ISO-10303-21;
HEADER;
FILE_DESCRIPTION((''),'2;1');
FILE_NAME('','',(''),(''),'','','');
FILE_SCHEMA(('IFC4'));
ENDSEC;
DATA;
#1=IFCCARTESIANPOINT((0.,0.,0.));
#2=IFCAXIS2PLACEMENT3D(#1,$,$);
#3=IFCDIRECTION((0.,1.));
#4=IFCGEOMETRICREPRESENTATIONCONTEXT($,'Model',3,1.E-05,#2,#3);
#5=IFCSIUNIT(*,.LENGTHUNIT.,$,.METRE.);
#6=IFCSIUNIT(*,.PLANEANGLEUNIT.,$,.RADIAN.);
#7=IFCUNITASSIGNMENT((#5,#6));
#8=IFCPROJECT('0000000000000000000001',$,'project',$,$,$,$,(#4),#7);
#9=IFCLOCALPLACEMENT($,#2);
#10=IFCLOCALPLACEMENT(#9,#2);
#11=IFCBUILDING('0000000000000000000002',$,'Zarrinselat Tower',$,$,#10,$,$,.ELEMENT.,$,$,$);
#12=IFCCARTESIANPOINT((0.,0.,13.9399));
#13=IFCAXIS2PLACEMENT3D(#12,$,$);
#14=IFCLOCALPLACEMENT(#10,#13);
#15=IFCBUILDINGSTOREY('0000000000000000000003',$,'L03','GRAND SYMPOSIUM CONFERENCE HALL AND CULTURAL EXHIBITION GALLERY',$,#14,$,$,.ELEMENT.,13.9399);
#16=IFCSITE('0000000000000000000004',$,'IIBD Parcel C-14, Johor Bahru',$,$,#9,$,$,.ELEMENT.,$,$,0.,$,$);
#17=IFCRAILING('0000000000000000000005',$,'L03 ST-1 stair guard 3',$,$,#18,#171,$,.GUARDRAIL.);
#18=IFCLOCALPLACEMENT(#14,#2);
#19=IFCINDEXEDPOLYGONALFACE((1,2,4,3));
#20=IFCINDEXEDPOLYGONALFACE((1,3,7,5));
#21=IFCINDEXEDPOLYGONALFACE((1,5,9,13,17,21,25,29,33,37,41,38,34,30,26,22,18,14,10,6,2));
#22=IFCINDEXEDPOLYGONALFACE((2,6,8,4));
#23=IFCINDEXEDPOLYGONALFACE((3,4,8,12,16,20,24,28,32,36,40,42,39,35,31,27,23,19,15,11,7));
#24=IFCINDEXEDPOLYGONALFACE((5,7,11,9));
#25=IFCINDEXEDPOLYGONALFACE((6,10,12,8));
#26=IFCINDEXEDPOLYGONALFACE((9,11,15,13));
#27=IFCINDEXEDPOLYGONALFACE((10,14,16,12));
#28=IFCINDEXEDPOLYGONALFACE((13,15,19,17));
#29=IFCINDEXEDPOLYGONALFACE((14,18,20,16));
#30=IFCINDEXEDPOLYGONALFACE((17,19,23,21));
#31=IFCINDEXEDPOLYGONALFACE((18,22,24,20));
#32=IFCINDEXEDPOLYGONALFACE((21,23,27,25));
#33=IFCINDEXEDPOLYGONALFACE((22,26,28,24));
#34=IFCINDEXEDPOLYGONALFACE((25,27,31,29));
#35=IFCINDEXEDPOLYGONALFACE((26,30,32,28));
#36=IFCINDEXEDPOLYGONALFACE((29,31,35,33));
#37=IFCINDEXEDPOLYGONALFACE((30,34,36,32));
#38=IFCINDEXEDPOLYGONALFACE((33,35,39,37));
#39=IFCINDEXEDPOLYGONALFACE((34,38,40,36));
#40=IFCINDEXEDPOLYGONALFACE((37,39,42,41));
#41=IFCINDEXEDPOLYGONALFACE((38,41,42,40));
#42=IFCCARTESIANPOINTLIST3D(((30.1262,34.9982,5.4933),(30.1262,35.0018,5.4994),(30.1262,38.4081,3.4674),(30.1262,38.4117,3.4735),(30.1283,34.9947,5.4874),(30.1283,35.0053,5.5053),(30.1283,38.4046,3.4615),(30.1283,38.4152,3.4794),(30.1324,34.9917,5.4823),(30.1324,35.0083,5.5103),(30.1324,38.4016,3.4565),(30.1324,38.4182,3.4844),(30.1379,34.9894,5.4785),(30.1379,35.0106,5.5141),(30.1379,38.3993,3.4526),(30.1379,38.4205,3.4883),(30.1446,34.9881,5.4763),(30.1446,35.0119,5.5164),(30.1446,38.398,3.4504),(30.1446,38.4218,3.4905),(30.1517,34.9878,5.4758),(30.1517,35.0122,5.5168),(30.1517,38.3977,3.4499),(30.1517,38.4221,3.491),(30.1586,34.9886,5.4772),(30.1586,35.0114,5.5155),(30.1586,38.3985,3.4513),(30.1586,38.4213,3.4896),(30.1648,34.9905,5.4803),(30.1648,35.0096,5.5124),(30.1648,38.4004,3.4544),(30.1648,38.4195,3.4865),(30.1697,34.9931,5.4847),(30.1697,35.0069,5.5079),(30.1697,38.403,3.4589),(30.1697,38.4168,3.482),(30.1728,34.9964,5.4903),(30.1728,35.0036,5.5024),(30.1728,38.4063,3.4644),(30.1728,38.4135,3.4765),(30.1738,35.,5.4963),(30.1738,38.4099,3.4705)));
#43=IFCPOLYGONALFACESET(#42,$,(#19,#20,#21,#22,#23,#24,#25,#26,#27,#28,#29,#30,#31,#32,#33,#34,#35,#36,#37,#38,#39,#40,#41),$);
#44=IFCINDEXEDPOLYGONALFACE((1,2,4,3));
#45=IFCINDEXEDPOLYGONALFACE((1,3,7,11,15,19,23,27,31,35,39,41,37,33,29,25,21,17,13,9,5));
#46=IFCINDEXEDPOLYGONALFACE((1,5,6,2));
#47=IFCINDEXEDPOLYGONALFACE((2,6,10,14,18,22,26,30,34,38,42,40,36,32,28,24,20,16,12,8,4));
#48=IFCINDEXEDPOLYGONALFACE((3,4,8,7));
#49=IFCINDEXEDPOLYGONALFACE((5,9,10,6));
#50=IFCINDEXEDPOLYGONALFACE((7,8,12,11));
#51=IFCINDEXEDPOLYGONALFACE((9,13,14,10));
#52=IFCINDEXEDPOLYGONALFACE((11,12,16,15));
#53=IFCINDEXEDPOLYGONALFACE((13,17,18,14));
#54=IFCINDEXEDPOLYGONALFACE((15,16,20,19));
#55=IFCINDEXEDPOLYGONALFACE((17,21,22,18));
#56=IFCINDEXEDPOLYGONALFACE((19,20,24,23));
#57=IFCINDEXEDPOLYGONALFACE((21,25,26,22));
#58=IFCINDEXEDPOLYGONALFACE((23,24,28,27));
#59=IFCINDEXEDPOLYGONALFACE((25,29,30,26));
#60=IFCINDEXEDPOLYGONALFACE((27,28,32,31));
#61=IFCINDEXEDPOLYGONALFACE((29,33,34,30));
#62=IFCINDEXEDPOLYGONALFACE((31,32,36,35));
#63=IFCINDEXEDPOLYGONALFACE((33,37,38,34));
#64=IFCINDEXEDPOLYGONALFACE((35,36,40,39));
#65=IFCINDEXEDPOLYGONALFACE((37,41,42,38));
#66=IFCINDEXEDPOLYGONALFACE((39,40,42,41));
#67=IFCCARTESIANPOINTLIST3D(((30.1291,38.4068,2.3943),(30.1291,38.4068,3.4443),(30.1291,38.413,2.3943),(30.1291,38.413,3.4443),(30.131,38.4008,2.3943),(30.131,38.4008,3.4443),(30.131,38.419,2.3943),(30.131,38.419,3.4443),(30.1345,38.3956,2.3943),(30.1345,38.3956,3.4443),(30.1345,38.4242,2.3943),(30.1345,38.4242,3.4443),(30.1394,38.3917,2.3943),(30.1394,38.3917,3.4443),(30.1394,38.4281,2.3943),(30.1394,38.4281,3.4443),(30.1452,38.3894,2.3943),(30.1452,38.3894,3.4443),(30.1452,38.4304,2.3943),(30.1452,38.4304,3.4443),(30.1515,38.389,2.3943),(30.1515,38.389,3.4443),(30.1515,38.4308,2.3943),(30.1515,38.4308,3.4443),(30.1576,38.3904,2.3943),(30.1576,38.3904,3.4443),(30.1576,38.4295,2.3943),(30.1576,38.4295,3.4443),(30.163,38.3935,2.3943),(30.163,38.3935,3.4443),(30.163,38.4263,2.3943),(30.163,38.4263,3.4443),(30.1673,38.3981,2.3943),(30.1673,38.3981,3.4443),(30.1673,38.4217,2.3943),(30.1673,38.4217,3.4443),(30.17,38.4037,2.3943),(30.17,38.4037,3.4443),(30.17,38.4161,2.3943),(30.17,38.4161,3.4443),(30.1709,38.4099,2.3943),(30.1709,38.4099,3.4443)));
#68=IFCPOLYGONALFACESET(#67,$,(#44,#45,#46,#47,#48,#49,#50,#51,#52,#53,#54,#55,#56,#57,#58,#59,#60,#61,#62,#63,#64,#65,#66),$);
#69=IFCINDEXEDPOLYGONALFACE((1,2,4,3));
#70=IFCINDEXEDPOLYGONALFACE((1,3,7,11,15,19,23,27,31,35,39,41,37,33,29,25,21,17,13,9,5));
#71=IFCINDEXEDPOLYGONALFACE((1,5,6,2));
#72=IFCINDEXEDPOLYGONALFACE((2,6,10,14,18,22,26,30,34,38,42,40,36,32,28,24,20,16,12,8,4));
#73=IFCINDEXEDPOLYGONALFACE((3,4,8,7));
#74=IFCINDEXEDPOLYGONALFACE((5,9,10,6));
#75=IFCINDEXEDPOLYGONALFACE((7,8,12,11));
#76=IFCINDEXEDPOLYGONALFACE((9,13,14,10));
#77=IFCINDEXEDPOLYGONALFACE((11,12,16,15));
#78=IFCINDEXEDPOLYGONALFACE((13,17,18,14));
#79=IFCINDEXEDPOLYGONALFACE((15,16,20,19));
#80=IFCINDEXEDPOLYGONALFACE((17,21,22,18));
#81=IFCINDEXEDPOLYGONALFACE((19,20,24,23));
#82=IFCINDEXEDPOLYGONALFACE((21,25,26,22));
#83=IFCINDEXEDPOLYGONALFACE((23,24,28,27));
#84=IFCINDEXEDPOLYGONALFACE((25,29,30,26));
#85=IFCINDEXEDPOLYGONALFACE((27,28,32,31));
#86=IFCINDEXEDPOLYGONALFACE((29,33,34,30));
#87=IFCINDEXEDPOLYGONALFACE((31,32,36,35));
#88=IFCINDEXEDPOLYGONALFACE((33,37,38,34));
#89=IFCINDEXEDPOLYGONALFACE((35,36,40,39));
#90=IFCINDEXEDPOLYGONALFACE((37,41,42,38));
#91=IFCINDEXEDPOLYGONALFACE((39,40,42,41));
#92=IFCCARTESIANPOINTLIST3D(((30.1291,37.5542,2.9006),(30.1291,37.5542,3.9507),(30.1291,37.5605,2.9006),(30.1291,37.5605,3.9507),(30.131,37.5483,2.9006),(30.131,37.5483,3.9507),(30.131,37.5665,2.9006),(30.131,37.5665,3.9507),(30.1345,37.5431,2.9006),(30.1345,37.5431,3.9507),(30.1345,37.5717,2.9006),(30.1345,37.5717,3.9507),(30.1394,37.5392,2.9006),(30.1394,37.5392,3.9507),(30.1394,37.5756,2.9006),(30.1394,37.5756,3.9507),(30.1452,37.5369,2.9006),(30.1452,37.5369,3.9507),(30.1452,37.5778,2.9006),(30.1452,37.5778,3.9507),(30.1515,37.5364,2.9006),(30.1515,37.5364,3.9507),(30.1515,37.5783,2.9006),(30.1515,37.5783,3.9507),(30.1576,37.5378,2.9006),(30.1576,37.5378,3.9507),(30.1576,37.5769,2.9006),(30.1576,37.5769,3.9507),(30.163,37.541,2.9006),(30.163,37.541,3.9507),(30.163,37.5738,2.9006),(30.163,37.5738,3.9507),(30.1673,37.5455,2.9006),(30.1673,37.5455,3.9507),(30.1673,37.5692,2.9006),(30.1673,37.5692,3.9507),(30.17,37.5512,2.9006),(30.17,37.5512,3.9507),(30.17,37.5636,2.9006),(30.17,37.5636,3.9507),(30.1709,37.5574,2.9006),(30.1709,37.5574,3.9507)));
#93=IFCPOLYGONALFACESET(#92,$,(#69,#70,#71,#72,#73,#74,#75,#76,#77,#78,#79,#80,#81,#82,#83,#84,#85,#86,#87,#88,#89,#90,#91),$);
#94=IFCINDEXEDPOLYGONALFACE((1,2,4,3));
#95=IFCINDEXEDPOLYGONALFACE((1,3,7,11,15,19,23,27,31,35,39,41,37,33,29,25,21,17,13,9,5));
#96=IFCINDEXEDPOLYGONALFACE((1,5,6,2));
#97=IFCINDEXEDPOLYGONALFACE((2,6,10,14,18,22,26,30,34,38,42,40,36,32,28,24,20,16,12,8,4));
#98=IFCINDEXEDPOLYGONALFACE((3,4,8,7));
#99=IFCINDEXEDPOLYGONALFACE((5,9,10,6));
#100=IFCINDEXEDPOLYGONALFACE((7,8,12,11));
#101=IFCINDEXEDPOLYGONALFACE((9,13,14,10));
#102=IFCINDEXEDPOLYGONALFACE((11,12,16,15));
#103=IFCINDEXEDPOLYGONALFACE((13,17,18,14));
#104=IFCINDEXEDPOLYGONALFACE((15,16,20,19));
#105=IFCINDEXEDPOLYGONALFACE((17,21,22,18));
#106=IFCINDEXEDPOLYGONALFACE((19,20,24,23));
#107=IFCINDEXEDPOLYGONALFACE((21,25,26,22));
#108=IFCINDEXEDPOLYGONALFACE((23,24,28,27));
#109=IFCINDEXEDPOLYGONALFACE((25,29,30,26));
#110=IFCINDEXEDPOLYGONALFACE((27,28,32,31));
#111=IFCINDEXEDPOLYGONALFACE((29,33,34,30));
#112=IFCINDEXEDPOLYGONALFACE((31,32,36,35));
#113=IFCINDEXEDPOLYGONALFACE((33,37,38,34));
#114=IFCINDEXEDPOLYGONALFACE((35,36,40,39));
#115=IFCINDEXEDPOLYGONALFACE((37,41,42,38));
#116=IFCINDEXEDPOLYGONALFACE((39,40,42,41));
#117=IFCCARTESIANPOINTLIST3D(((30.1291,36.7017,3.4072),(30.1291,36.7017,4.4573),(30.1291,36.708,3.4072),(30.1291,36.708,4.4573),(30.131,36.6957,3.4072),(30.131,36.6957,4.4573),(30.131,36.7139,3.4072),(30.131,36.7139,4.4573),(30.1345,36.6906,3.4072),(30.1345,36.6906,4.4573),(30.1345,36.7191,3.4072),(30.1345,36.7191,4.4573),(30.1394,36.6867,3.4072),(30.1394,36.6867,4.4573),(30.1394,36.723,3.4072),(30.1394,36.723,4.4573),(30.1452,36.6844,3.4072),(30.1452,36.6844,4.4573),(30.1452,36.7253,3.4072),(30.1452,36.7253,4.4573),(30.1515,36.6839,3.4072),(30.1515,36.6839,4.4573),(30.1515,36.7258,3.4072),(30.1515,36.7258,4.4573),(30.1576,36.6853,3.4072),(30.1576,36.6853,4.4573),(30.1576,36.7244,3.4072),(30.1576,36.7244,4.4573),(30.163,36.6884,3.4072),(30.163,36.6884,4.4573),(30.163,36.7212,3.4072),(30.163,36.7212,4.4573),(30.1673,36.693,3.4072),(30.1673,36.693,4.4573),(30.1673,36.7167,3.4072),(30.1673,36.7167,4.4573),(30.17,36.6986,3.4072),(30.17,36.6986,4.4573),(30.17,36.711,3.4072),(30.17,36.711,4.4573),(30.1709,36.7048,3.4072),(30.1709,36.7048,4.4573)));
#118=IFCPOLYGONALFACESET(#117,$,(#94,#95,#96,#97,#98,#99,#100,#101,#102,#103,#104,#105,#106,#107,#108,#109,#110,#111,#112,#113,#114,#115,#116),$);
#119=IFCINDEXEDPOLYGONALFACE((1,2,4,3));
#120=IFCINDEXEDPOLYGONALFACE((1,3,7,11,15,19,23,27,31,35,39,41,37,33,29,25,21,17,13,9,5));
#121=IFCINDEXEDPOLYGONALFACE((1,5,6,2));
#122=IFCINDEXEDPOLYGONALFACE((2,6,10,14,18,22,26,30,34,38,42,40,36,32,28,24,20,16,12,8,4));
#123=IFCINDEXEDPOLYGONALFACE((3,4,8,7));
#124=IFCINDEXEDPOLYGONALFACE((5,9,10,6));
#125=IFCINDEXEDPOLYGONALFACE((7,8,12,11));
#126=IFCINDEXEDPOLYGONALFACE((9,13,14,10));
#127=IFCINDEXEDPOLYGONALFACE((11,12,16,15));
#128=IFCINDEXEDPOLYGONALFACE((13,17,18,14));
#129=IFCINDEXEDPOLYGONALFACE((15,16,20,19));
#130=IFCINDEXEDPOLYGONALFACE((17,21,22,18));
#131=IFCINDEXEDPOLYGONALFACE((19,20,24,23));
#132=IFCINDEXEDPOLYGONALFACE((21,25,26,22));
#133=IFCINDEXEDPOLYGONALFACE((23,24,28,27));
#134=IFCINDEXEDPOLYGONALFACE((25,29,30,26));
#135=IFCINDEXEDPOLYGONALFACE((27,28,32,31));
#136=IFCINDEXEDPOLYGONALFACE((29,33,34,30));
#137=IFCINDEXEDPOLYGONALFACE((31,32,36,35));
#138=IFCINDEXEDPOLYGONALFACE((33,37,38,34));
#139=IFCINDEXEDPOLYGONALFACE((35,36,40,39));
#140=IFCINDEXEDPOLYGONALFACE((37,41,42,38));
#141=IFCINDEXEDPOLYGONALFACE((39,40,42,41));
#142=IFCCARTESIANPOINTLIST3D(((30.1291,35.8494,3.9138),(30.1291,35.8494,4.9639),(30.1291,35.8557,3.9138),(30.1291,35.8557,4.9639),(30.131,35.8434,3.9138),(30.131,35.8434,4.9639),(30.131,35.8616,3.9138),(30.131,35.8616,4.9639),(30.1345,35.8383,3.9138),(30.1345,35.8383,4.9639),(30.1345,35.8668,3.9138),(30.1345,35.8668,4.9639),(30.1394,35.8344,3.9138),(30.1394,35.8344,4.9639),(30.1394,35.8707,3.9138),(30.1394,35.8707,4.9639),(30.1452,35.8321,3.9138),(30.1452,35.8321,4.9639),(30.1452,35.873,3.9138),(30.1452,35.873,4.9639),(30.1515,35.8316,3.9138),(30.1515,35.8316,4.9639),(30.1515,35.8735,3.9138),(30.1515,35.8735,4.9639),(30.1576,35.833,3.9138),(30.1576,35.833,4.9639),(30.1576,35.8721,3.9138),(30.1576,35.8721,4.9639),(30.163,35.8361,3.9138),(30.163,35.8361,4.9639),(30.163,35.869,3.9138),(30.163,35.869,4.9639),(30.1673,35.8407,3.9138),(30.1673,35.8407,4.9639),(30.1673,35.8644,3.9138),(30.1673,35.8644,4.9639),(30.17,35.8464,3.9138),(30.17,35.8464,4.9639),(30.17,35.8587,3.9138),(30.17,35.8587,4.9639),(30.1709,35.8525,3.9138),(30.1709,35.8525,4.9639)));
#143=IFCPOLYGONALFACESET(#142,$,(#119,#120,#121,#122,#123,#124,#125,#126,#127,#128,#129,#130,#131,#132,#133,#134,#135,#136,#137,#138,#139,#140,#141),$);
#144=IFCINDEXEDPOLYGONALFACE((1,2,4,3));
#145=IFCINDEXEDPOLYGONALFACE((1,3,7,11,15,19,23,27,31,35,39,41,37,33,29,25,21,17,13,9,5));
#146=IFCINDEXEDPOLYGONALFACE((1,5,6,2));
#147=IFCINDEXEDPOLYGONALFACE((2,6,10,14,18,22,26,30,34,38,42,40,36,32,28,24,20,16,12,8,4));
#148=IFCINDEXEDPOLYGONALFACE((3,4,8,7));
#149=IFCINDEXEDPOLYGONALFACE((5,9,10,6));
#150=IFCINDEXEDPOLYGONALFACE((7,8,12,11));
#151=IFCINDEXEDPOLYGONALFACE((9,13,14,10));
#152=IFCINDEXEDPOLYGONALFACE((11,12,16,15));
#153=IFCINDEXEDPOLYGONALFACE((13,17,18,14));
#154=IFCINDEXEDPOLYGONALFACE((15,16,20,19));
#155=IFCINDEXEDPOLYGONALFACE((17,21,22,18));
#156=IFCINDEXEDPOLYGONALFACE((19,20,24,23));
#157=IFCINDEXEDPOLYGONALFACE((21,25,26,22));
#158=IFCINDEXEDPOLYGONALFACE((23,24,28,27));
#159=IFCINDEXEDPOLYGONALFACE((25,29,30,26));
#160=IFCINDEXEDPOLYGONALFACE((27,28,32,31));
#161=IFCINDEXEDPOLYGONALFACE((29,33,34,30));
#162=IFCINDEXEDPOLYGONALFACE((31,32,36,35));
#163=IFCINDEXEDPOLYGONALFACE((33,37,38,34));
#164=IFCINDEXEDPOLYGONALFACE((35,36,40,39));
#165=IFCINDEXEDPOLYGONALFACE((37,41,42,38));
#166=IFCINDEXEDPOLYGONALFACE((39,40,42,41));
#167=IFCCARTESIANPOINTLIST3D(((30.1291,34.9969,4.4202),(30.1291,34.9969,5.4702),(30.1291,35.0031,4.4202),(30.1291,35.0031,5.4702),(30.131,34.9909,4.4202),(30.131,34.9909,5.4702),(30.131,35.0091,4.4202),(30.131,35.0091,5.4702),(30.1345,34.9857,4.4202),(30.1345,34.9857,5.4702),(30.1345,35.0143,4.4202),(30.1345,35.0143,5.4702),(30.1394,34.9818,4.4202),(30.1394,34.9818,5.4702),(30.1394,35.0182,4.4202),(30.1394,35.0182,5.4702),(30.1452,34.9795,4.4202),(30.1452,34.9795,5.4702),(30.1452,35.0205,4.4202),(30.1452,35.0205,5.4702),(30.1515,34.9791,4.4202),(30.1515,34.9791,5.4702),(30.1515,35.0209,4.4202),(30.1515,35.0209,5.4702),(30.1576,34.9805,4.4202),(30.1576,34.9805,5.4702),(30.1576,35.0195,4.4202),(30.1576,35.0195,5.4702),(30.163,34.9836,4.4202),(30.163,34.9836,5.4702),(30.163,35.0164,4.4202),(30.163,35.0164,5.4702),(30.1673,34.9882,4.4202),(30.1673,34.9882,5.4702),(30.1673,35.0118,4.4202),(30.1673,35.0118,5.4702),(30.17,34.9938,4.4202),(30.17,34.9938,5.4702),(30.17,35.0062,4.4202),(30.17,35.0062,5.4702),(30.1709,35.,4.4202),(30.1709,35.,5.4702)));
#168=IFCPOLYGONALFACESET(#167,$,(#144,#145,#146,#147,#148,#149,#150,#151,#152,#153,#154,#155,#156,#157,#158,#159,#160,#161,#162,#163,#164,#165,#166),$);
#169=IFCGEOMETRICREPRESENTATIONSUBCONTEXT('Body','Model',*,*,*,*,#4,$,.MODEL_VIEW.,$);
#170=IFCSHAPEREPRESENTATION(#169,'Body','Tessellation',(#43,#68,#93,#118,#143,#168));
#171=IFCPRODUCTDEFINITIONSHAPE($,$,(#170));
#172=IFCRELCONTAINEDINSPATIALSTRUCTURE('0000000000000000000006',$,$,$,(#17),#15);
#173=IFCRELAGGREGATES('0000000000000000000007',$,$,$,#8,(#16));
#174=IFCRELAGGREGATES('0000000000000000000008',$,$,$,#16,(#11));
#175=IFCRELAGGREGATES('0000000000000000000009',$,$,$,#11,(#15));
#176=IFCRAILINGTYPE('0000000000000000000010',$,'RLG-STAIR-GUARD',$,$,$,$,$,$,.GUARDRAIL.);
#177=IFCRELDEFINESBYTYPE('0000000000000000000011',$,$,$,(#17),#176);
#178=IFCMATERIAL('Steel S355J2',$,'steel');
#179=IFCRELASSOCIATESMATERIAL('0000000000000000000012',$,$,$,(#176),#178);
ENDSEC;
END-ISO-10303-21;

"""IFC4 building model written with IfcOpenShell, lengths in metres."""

from ifc_helpers import new_model, si_unit, direction, frame, origin, origin_2d, place, context, subcontext, project, spatial, circle, extrude, material, type_object, element, save


model = new_model("IFC4")

# Units and contexts
model_context = context("Model", 3, precision=1e-05, world=origin(), true_north=direction((0.0, 1.0)))
body_context = subcontext(model_context, "Body", "Model", "MODEL_VIEW")
ifc_project = project(units=[si_unit("LENGTHUNIT", "METRE"), si_unit("PLANEANGLEUNIT", "RADIAN")], contexts=[model_context])

# Site, building, storey
site_placement = place(None, origin())
site = spatial("IfcSite", under=ifc_project, at=site_placement, Name="IIBD Parcel C-14, Johor Bahru", CompositionType="ELEMENT", RefElevation=0.0)
building_placement = place(site_placement, origin())
building = spatial("IfcBuilding", under=site, at=building_placement, Name="Zarrinselat Tower", CompositionType="ELEMENT")
storey_placement = place(building_placement, frame((0.0, 0.0, 13.9399)))
storey = spatial("IfcBuildingStorey", under=building, at=storey_placement, Name="L03", Description="GRAND SYMPOSIUM CONFERENCE HALL AND CULTURAL EXHIBITION GALLERY", CompositionType="ELEMENT", Elevation=13.9399)

# Railing
ifc_material_1 = material(Name="Steel S355J2", Category="steel")
railing_type_1 = type_object("IfcRailingType", Name="RLG-STAIR-GUARD", PredefinedType="GUARDRAIL", material=ifc_material_1)
railing_1_placement = place(storey_placement, frame((30.1499, 38.4099, 2.3943)))
element("IfcRailing", 1, at=railing_1_placement, inside=storey, type_object=railing_type_1, Name="L03 ST-1 stair guard 3", PredefinedType="GUARDRAIL", context=body_context, shape_type="SweptSolid", body=[
    extrude(circle(Radius=0.0239, at=origin_2d()), frame((0.0, 0.0, 1.0762), z_axis=(0.0, -0.859717, 0.510771), x_axis=(1.0, 0.0, 0.0)), (0.0, 0.0, 1.0), 3.9663),
    extrude(circle(Radius=0.021, at=origin_2d()), origin(), (0.0, 0.0, 1.0), 1.05),
    extrude(circle(Radius=0.021, at=origin_2d()), frame((0.0, -0.8525, 0.5063)), (0.0, 0.0, 1.0), 1.05),
    extrude(circle(Radius=0.021, at=origin_2d()), frame((0.0, -1.7051, 1.0129)), (0.0, 0.0, 1.0), 1.05),
    extrude(circle(Radius=0.021, at=origin_2d()), frame((0.0, -2.5574, 1.5195)), (0.0, 0.0, 1.0), 1.05),
    extrude(circle(Radius=0.021, at=origin_2d()), frame((0.0, -3.4099, 2.0259)), (0.0, 0.0, 1.0), 1.05),
])

save(model, "model.ifc")
